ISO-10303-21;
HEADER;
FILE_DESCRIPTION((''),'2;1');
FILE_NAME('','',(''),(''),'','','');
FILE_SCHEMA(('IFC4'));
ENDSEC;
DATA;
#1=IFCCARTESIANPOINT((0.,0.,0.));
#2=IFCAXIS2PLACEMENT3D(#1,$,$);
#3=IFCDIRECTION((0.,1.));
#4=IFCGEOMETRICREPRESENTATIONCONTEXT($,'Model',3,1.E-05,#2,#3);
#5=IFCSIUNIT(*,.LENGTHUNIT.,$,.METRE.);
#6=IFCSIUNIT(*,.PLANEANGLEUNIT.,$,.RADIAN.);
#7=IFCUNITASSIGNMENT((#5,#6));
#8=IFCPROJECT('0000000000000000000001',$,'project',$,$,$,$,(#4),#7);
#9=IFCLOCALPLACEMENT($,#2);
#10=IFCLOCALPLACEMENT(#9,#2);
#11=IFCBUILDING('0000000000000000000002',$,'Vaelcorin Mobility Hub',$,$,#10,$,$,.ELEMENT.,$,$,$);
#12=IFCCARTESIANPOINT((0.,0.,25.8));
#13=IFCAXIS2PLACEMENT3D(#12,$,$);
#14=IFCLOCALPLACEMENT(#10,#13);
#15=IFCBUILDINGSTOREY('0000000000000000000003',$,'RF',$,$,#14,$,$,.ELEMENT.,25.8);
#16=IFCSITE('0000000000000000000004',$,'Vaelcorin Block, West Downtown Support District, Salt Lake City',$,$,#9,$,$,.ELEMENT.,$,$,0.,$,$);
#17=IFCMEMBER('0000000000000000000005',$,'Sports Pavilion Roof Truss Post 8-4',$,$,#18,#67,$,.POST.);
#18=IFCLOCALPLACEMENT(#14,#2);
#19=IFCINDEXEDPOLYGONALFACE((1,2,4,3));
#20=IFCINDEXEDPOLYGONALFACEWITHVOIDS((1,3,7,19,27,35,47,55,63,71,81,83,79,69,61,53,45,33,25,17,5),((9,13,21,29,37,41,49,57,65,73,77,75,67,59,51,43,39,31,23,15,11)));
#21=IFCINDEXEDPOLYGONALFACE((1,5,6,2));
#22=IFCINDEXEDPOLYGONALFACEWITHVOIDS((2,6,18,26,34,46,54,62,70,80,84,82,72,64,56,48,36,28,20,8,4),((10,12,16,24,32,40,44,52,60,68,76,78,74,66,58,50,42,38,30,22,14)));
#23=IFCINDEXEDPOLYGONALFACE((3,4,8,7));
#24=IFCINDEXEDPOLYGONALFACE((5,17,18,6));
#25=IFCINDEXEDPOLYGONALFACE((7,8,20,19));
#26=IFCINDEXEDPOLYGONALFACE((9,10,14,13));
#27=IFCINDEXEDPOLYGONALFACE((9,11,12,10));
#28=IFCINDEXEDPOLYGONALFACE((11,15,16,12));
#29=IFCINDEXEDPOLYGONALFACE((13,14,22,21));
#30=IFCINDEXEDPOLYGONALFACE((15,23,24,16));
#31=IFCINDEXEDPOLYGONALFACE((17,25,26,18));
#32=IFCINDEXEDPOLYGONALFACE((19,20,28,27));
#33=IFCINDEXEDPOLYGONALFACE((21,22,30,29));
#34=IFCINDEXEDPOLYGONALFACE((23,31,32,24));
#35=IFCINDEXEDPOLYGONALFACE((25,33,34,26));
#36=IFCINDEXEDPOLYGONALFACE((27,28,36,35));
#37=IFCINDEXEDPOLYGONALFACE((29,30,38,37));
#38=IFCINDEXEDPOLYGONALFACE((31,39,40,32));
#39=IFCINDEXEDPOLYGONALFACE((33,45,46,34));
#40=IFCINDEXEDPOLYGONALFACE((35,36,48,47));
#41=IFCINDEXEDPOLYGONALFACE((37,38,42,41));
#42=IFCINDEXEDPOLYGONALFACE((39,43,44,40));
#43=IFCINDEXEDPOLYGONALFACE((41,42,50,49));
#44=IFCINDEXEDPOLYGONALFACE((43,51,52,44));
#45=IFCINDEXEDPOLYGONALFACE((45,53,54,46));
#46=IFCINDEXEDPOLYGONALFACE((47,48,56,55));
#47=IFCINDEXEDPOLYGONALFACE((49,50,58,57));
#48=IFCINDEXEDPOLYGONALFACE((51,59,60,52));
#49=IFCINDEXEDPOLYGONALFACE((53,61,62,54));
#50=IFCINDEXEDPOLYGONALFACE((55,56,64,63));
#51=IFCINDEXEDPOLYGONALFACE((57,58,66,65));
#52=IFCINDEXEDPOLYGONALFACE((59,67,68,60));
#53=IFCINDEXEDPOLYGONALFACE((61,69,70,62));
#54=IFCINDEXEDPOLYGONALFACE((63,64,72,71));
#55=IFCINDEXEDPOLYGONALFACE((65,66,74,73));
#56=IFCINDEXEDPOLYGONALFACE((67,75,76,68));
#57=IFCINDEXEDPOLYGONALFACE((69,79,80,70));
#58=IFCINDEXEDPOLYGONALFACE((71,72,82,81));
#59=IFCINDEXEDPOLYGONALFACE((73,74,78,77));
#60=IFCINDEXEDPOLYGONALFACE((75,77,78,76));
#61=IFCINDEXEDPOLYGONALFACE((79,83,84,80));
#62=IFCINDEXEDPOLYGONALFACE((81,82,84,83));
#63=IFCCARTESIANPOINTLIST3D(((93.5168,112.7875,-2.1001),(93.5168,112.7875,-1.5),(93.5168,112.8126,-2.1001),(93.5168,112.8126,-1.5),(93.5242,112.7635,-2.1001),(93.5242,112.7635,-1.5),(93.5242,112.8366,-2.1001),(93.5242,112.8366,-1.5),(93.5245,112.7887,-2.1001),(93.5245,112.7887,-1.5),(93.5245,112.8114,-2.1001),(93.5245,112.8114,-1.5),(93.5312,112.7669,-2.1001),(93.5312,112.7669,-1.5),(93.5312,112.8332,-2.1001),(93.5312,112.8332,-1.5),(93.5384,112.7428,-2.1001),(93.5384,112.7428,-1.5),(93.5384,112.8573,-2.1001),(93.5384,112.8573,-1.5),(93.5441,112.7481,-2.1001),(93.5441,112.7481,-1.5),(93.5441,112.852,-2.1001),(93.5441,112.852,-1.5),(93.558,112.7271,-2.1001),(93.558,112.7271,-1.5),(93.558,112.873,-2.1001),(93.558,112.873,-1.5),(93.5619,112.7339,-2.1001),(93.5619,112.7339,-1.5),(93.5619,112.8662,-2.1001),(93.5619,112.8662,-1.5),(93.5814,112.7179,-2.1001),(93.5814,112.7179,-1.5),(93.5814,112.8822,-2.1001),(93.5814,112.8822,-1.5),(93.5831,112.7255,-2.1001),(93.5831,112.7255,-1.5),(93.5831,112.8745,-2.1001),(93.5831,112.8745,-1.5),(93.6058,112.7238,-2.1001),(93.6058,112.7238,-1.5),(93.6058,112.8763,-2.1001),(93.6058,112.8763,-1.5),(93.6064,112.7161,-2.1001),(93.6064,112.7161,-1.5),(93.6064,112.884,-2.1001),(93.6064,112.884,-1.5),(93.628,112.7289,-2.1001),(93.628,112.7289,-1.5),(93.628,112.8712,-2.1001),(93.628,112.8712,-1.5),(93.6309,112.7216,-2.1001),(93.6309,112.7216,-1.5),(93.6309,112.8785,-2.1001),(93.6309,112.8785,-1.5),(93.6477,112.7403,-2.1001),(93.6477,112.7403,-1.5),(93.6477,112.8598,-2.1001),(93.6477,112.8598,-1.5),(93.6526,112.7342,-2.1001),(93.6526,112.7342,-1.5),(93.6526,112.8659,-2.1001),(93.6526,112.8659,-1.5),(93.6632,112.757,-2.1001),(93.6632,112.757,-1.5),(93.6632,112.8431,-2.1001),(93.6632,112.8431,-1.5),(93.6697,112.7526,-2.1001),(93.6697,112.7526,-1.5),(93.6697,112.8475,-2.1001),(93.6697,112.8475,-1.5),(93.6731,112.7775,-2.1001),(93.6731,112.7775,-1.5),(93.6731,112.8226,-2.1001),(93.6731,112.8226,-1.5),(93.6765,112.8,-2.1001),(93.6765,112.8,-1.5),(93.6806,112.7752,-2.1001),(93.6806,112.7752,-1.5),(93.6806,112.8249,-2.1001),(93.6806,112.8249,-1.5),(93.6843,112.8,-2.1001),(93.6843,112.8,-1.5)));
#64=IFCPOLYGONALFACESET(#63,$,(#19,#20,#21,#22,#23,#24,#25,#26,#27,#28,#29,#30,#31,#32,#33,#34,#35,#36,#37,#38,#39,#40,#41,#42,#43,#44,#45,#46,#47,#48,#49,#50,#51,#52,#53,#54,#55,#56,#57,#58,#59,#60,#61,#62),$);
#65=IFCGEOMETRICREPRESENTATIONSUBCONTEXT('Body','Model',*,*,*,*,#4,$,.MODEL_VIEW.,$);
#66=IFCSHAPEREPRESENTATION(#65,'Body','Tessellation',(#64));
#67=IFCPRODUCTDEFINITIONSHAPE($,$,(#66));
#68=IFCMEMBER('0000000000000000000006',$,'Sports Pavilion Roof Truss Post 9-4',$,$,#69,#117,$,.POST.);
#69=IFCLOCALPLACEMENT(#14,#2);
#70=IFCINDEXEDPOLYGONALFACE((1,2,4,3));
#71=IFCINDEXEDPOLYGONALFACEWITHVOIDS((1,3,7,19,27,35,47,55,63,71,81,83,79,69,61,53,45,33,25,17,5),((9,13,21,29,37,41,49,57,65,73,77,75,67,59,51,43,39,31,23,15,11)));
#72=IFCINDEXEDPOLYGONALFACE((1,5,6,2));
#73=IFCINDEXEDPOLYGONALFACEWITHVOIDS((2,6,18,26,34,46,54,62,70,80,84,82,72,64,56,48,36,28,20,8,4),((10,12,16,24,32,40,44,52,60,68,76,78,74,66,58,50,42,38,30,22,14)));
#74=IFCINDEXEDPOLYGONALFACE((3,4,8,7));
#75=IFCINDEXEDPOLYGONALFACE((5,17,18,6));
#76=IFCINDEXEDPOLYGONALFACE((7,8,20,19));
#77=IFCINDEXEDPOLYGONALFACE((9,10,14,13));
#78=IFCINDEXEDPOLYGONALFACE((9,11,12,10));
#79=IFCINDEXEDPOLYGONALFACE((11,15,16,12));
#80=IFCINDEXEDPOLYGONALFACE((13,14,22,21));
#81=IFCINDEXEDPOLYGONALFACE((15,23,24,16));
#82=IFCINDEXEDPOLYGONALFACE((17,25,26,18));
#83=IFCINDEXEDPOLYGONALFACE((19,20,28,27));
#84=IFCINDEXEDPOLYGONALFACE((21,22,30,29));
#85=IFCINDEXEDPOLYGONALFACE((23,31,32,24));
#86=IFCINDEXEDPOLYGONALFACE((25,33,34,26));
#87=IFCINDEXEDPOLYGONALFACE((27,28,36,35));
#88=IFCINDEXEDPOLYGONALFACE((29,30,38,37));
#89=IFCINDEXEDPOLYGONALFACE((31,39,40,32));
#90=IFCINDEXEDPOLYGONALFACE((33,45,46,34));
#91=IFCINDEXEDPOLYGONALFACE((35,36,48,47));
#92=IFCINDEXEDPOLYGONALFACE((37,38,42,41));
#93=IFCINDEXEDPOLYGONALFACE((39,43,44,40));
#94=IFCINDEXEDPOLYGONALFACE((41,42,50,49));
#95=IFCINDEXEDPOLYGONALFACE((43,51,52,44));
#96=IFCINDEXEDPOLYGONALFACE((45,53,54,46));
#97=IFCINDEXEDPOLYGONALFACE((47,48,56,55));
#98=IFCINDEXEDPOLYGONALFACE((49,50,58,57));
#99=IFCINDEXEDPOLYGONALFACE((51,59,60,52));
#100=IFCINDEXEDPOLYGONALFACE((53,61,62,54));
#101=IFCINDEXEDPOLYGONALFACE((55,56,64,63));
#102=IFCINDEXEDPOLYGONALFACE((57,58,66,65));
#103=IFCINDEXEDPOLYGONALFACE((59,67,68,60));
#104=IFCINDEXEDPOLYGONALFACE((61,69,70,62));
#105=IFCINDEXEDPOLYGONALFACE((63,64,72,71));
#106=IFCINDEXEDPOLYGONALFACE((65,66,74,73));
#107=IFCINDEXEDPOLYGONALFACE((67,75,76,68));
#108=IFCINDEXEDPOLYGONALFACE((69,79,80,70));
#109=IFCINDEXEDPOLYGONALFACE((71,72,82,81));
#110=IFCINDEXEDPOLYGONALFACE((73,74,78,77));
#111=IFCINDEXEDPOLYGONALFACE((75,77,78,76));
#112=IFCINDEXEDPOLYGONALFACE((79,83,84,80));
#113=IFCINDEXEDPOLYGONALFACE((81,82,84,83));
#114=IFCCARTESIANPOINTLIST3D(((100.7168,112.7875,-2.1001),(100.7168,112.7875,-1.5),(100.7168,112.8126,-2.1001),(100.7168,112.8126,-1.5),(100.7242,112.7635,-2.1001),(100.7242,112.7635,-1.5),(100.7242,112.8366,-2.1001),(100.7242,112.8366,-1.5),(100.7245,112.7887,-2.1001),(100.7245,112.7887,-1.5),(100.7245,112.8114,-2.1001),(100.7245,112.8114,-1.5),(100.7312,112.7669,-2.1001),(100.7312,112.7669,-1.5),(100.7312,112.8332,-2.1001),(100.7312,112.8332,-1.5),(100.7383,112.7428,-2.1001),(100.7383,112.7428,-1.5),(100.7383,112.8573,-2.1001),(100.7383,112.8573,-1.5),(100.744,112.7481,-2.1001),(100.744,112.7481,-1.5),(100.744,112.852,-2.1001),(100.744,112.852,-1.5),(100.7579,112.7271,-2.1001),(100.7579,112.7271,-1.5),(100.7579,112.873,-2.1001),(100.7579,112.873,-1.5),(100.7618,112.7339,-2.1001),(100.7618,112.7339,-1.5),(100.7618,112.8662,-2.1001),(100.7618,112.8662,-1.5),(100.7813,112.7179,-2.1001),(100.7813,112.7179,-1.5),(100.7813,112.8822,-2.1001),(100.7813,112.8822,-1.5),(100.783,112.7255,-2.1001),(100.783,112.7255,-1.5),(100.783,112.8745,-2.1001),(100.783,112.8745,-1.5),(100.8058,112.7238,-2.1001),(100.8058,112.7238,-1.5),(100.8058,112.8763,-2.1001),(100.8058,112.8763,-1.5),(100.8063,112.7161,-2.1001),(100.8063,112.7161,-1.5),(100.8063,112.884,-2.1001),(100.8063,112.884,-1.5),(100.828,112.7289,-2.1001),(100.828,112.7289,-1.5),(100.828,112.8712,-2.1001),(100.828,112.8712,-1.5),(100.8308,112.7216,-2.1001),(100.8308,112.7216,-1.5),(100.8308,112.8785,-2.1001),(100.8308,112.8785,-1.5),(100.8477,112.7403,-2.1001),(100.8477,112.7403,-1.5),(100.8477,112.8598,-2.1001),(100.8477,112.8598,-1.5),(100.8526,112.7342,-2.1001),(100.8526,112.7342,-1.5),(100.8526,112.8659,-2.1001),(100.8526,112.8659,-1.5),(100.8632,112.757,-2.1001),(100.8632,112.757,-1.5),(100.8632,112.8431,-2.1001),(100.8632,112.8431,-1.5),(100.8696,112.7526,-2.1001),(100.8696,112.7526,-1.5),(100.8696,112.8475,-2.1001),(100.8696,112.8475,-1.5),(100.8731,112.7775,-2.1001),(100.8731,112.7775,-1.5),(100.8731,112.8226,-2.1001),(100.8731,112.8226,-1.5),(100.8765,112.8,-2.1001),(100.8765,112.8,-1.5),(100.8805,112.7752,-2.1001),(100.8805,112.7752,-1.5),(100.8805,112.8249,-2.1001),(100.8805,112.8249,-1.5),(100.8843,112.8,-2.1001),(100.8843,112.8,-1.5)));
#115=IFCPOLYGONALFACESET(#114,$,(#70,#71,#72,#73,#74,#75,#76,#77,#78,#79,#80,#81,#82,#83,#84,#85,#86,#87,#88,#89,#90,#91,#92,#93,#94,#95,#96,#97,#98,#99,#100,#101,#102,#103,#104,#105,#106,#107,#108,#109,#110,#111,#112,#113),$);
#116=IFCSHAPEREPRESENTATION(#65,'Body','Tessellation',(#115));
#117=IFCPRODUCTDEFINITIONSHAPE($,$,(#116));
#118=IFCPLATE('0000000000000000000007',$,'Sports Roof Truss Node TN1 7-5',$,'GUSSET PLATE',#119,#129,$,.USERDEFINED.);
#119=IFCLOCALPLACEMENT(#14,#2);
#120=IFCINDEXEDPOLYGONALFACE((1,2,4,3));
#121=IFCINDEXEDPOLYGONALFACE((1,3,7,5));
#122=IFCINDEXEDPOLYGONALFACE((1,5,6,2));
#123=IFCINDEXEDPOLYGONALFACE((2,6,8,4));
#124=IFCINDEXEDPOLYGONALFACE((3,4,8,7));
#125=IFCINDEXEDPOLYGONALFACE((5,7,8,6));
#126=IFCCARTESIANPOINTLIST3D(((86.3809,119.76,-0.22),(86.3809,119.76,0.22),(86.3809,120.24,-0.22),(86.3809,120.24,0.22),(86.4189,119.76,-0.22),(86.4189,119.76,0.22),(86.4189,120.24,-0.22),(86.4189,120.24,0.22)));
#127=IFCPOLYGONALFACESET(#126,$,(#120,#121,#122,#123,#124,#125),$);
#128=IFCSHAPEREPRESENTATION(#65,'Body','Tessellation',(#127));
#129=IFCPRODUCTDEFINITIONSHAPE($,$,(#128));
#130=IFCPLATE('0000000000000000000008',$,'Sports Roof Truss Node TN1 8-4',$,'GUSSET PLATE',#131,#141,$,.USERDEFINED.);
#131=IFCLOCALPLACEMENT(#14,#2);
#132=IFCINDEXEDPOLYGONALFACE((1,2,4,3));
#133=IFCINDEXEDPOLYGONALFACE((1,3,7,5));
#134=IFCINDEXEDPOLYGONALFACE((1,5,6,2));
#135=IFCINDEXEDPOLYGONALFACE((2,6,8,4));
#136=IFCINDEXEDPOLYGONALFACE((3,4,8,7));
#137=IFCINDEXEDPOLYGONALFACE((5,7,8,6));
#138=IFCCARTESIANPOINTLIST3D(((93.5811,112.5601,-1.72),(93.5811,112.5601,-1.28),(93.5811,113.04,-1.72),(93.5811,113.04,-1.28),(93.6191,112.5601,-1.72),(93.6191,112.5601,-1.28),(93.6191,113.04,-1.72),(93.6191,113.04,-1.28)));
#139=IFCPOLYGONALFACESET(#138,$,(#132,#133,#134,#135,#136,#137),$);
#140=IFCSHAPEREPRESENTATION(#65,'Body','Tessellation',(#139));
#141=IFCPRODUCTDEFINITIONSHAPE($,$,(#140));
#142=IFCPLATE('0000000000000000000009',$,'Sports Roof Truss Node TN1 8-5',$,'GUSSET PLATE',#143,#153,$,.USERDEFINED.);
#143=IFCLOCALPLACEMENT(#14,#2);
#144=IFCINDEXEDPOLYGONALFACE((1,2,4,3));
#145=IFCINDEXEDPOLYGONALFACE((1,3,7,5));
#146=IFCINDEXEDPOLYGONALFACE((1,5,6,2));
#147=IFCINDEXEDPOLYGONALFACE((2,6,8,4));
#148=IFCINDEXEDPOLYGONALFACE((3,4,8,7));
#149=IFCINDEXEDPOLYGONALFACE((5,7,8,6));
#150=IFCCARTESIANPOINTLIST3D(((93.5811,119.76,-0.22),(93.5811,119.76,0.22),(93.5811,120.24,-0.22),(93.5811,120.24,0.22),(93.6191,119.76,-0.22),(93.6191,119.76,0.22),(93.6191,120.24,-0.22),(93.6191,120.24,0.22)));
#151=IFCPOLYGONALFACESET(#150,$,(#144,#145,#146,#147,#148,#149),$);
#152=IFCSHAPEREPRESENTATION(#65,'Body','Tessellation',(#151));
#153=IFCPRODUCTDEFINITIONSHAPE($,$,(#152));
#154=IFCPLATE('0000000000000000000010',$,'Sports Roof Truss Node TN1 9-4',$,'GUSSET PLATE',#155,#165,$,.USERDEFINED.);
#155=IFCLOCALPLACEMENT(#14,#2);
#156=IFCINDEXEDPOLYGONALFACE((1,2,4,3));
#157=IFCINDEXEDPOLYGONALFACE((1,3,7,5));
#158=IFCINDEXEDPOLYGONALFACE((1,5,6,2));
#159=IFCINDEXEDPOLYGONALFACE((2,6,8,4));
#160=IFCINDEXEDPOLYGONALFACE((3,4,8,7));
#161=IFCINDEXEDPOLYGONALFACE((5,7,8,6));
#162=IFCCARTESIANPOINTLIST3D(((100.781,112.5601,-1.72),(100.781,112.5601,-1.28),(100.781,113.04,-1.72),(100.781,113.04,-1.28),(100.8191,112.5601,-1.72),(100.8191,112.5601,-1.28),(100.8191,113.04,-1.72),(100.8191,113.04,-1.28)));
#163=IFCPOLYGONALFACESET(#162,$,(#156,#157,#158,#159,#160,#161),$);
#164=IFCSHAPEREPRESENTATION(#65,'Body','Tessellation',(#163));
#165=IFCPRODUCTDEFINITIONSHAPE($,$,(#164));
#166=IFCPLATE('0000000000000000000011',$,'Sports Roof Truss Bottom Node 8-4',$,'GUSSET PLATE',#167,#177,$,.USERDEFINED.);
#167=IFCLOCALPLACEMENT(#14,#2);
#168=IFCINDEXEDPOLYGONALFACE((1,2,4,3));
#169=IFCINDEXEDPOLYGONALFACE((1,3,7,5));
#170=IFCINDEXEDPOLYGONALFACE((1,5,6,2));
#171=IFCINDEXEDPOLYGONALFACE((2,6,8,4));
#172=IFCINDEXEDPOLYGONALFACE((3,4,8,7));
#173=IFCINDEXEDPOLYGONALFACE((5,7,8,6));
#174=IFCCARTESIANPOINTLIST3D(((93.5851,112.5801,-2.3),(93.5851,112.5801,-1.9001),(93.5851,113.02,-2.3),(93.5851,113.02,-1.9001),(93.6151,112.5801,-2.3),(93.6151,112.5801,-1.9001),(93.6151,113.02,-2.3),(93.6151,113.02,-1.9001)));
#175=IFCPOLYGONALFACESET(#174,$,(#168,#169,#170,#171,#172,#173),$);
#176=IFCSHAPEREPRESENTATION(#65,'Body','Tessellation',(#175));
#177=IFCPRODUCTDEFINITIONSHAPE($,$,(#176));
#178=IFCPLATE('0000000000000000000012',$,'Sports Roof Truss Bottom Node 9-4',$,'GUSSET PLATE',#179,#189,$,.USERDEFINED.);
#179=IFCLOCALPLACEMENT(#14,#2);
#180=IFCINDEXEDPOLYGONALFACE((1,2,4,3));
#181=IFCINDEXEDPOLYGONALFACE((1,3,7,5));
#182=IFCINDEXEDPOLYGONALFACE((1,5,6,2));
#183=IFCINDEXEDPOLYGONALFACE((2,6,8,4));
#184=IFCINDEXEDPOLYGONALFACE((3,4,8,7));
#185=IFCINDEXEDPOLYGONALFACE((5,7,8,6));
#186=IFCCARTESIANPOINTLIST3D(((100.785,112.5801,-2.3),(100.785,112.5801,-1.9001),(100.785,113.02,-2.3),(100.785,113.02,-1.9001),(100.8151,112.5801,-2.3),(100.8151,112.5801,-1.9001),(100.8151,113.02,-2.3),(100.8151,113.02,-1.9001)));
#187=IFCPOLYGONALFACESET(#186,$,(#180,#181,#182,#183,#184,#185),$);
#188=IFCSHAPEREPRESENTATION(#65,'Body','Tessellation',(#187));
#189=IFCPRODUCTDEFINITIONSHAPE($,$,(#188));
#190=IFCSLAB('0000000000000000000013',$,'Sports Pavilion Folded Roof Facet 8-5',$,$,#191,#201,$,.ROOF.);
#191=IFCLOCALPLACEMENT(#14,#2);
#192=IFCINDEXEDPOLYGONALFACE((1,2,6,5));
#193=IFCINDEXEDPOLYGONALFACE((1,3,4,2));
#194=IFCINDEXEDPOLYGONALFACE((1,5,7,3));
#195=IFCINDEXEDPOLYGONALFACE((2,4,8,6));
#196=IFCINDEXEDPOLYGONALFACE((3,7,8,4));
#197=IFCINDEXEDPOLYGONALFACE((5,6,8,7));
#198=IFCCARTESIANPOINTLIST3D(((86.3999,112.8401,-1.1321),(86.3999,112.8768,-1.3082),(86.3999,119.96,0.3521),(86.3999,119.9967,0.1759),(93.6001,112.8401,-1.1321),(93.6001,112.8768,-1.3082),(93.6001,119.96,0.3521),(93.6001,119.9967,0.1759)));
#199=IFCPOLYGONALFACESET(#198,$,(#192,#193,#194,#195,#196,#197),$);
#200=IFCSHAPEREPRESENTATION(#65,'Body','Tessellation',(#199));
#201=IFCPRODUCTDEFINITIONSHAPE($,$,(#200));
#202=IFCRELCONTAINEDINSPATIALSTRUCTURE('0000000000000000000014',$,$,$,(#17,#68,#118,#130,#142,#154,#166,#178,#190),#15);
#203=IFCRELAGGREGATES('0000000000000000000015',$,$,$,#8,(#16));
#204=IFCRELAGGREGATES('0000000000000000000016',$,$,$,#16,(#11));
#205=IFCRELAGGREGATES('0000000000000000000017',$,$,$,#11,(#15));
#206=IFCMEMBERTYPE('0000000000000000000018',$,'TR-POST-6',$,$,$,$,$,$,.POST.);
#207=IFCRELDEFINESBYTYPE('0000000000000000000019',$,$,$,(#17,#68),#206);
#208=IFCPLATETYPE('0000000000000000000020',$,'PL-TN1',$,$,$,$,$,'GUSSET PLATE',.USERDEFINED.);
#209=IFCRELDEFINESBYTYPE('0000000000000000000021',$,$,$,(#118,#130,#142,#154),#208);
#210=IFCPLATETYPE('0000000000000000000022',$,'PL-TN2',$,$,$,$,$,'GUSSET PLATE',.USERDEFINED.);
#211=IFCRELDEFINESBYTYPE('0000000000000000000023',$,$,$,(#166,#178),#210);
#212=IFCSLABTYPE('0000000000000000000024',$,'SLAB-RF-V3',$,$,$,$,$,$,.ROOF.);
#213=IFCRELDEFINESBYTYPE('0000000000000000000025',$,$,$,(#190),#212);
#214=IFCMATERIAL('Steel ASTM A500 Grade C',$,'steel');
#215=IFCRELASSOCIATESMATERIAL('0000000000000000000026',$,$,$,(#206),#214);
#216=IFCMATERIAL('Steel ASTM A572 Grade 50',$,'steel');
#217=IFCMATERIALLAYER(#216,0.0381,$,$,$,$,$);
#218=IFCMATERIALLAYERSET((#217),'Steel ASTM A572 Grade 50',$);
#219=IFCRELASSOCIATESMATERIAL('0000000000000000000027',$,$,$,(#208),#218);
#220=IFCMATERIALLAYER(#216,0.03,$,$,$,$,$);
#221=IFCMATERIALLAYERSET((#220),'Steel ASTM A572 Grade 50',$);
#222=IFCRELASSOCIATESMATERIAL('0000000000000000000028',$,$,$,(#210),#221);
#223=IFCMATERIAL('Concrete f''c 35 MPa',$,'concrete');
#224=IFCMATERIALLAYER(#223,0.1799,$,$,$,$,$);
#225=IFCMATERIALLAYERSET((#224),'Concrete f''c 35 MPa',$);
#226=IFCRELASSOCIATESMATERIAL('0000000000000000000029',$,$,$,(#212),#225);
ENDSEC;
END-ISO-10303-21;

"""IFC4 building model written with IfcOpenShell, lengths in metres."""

from ifc_helpers import new_model, si_unit, direction, frame, origin, origin_2d, place, context, subcontext, project, spatial, polyline, rectangle, hollow_circle, outline, extrude, material, layer, layer_set, material_profile, profile_set, type_object, element, save


model = new_model("IFC4")

# Units and contexts
model_context = context("Model", 3, precision=1e-05, world=origin(), true_north=direction((0.0, 1.0)))
body_context = subcontext(model_context, "Body", "Model", "MODEL_VIEW")
ifc_project = project(units=[si_unit("LENGTHUNIT", "METRE"), si_unit("PLANEANGLEUNIT", "RADIAN")], contexts=[model_context])

# Site, building, storey
site_placement = place(None, origin())
site = spatial("IfcSite", under=ifc_project, at=site_placement, Name="Vaelcorin Block, West Downtown Support District, Salt Lake City", CompositionType="ELEMENT", RefElevation=0.0)
building_placement = place(site_placement, origin())
building = spatial("IfcBuilding", under=site, at=building_placement, Name="Vaelcorin Mobility Hub", CompositionType="ELEMENT")
storey_placement = place(building_placement, frame((0.0, 0.0, 25.8)))
storey = spatial("IfcBuildingStorey", under=building, at=storey_placement, Name="RF", CompositionType="ELEMENT", Elevation=25.8)

# Shared definitions
ifc_material_1 = material(Name="Steel ASTM A500 Grade C", Category="steel")

# Members
ifc_material_profile_1 = material_profile(ifc_material_1, hollow_circle(Radius=0.0842, WallThickness=0.0078, at=origin_2d()), Name="HSS6.625X0.312")
ifc_profile_set_1 = profile_set([ifc_material_profile_1], Name="Steel ASTM A500 Grade C")
member_type_1 = type_object("IfcMemberType", Name="TR-POST-6", PredefinedType="POST", material=ifc_profile_set_1)
for number, where, z_axis, x_axis, name in (
    (1, (93.6001, 112.8, -2.1001), (0.0, 0.0, 1.0), (1.0, 0.0, 0.0), "Sports Pavilion Roof Truss Post 8-4"),
    (2, (100.8, 112.8, -2.1001), (0.0, 0.0, 1.0), (1.0, 0.0, 0.0), "Sports Pavilion Roof Truss Post 9-4"),
):
    element("IfcMember", number, at=place(storey_placement, frame(where, z_axis=z_axis, x_axis=x_axis)), inside=storey, type_object=member_type_1, Name=name, PredefinedType="POST", context=body_context, shape_type="SweptSolid", body=[
        extrude(hollow_circle(Radius=0.0842, WallThickness=0.0078, at=origin_2d()), origin(), (0.0, 0.0, 1.0), 0.6001),
    ])

# Plates
ifc_material_2 = material(Name="Steel ASTM A572 Grade 50", Category="steel")
ifc_layer_1 = layer(ifc_material_2, 0.0381)
ifc_layer_set_1 = layer_set([ifc_layer_1], Name="Steel ASTM A572 Grade 50")
plate_type_1 = type_object("IfcPlateType", Name="PL-TN1", ElementType="GUSSET PLATE", PredefinedType="USERDEFINED", material=ifc_layer_set_1)
for number, where, z_axis, x_axis, name in (
    (3, (86.3999, 120.0, -0.22), (0.0, 0.0, 1.0), (1.0, 0.0, 0.0), "Sports Roof Truss Node TN1 7-5"),
    (4, (93.6001, 112.8, -1.72), (0.0, 0.0, 1.0), (1.0, 0.0, 0.0), "Sports Roof Truss Node TN1 8-4"),
    (5, (93.6001, 120.0, -0.22), (0.0, 0.0, 1.0), (1.0, 0.0, 0.0), "Sports Roof Truss Node TN1 8-5"),
    (6, (100.8, 112.8, -1.72), (0.0, 0.0, 1.0), (1.0, 0.0, 0.0), "Sports Roof Truss Node TN1 9-4"),
):
    element("IfcPlate", number, at=place(storey_placement, frame(where, z_axis=z_axis, x_axis=x_axis)), inside=storey, type_object=plate_type_1, Name=name, ObjectType="GUSSET PLATE", PredefinedType="USERDEFINED", context=body_context, shape_type="SweptSolid", body=[
        extrude(rectangle(XDim=0.0381, YDim=0.48, at=origin_2d()), origin(), (0.0, 0.0, 1.0), 0.4399),
    ])
ifc_layer_2 = layer(ifc_material_2, 0.03)
ifc_layer_set_2 = layer_set([ifc_layer_2], Name="Steel ASTM A572 Grade 50")
plate_type_2 = type_object("IfcPlateType", Name="PL-TN2", ElementType="GUSSET PLATE", PredefinedType="USERDEFINED", material=ifc_layer_set_2)
for number, where, z_axis, x_axis, name in (
    (7, (93.6001, 112.8, -2.3), (0.0, 0.0, 1.0), (1.0, 0.0, 0.0), "Sports Roof Truss Bottom Node 8-4"),
    (8, (100.8, 112.8, -2.3), (0.0, 0.0, 1.0), (1.0, 0.0, 0.0), "Sports Roof Truss Bottom Node 9-4"),
):
    element("IfcPlate", number, at=place(storey_placement, frame(where, z_axis=z_axis, x_axis=x_axis)), inside=storey, type_object=plate_type_2, Name=name, ObjectType="GUSSET PLATE", PredefinedType="USERDEFINED", context=body_context, shape_type="SweptSolid", body=[
        extrude(rectangle(XDim=0.03, YDim=0.4399, at=origin_2d()), origin(), (0.0, 0.0, 1.0), 0.3999),
    ])

# Slab
ifc_material_3 = material(Name="Concrete f'c 35 MPa", Category="concrete")
ifc_layer_3 = layer(ifc_material_3, 0.1799)
ifc_layer_set_3 = layer_set([ifc_layer_3], Name="Concrete f'c 35 MPa")
slab_type = type_object("IfcSlabType", Name="SLAB-RF-V3", PredefinedType="ROOF", material=ifc_layer_set_3)
slab_1_placement = place(storey_placement, frame((86.3999, 112.8401, -1.1321), z_axis=(0.0, -0.204063, 0.978958), x_axis=(1.0, 0.0, 0.0)))
element("IfcSlab", 9, at=slab_1_placement, inside=storey, type_object=slab_type, Name="Sports Pavilion Folded Roof Facet 8-5", PredefinedType="ROOF", context=body_context, shape_type="SweptSolid", body=[
    extrude(outline(polyline([(0.0, 0.0), (7.2002, 0.0), (7.2002, 7.2729), (0.0, 7.2729), (0.0, 0.0)])), origin(), (0.0, 0.0, -1.0), 0.1799),
])

save(model, "model.ifc")
